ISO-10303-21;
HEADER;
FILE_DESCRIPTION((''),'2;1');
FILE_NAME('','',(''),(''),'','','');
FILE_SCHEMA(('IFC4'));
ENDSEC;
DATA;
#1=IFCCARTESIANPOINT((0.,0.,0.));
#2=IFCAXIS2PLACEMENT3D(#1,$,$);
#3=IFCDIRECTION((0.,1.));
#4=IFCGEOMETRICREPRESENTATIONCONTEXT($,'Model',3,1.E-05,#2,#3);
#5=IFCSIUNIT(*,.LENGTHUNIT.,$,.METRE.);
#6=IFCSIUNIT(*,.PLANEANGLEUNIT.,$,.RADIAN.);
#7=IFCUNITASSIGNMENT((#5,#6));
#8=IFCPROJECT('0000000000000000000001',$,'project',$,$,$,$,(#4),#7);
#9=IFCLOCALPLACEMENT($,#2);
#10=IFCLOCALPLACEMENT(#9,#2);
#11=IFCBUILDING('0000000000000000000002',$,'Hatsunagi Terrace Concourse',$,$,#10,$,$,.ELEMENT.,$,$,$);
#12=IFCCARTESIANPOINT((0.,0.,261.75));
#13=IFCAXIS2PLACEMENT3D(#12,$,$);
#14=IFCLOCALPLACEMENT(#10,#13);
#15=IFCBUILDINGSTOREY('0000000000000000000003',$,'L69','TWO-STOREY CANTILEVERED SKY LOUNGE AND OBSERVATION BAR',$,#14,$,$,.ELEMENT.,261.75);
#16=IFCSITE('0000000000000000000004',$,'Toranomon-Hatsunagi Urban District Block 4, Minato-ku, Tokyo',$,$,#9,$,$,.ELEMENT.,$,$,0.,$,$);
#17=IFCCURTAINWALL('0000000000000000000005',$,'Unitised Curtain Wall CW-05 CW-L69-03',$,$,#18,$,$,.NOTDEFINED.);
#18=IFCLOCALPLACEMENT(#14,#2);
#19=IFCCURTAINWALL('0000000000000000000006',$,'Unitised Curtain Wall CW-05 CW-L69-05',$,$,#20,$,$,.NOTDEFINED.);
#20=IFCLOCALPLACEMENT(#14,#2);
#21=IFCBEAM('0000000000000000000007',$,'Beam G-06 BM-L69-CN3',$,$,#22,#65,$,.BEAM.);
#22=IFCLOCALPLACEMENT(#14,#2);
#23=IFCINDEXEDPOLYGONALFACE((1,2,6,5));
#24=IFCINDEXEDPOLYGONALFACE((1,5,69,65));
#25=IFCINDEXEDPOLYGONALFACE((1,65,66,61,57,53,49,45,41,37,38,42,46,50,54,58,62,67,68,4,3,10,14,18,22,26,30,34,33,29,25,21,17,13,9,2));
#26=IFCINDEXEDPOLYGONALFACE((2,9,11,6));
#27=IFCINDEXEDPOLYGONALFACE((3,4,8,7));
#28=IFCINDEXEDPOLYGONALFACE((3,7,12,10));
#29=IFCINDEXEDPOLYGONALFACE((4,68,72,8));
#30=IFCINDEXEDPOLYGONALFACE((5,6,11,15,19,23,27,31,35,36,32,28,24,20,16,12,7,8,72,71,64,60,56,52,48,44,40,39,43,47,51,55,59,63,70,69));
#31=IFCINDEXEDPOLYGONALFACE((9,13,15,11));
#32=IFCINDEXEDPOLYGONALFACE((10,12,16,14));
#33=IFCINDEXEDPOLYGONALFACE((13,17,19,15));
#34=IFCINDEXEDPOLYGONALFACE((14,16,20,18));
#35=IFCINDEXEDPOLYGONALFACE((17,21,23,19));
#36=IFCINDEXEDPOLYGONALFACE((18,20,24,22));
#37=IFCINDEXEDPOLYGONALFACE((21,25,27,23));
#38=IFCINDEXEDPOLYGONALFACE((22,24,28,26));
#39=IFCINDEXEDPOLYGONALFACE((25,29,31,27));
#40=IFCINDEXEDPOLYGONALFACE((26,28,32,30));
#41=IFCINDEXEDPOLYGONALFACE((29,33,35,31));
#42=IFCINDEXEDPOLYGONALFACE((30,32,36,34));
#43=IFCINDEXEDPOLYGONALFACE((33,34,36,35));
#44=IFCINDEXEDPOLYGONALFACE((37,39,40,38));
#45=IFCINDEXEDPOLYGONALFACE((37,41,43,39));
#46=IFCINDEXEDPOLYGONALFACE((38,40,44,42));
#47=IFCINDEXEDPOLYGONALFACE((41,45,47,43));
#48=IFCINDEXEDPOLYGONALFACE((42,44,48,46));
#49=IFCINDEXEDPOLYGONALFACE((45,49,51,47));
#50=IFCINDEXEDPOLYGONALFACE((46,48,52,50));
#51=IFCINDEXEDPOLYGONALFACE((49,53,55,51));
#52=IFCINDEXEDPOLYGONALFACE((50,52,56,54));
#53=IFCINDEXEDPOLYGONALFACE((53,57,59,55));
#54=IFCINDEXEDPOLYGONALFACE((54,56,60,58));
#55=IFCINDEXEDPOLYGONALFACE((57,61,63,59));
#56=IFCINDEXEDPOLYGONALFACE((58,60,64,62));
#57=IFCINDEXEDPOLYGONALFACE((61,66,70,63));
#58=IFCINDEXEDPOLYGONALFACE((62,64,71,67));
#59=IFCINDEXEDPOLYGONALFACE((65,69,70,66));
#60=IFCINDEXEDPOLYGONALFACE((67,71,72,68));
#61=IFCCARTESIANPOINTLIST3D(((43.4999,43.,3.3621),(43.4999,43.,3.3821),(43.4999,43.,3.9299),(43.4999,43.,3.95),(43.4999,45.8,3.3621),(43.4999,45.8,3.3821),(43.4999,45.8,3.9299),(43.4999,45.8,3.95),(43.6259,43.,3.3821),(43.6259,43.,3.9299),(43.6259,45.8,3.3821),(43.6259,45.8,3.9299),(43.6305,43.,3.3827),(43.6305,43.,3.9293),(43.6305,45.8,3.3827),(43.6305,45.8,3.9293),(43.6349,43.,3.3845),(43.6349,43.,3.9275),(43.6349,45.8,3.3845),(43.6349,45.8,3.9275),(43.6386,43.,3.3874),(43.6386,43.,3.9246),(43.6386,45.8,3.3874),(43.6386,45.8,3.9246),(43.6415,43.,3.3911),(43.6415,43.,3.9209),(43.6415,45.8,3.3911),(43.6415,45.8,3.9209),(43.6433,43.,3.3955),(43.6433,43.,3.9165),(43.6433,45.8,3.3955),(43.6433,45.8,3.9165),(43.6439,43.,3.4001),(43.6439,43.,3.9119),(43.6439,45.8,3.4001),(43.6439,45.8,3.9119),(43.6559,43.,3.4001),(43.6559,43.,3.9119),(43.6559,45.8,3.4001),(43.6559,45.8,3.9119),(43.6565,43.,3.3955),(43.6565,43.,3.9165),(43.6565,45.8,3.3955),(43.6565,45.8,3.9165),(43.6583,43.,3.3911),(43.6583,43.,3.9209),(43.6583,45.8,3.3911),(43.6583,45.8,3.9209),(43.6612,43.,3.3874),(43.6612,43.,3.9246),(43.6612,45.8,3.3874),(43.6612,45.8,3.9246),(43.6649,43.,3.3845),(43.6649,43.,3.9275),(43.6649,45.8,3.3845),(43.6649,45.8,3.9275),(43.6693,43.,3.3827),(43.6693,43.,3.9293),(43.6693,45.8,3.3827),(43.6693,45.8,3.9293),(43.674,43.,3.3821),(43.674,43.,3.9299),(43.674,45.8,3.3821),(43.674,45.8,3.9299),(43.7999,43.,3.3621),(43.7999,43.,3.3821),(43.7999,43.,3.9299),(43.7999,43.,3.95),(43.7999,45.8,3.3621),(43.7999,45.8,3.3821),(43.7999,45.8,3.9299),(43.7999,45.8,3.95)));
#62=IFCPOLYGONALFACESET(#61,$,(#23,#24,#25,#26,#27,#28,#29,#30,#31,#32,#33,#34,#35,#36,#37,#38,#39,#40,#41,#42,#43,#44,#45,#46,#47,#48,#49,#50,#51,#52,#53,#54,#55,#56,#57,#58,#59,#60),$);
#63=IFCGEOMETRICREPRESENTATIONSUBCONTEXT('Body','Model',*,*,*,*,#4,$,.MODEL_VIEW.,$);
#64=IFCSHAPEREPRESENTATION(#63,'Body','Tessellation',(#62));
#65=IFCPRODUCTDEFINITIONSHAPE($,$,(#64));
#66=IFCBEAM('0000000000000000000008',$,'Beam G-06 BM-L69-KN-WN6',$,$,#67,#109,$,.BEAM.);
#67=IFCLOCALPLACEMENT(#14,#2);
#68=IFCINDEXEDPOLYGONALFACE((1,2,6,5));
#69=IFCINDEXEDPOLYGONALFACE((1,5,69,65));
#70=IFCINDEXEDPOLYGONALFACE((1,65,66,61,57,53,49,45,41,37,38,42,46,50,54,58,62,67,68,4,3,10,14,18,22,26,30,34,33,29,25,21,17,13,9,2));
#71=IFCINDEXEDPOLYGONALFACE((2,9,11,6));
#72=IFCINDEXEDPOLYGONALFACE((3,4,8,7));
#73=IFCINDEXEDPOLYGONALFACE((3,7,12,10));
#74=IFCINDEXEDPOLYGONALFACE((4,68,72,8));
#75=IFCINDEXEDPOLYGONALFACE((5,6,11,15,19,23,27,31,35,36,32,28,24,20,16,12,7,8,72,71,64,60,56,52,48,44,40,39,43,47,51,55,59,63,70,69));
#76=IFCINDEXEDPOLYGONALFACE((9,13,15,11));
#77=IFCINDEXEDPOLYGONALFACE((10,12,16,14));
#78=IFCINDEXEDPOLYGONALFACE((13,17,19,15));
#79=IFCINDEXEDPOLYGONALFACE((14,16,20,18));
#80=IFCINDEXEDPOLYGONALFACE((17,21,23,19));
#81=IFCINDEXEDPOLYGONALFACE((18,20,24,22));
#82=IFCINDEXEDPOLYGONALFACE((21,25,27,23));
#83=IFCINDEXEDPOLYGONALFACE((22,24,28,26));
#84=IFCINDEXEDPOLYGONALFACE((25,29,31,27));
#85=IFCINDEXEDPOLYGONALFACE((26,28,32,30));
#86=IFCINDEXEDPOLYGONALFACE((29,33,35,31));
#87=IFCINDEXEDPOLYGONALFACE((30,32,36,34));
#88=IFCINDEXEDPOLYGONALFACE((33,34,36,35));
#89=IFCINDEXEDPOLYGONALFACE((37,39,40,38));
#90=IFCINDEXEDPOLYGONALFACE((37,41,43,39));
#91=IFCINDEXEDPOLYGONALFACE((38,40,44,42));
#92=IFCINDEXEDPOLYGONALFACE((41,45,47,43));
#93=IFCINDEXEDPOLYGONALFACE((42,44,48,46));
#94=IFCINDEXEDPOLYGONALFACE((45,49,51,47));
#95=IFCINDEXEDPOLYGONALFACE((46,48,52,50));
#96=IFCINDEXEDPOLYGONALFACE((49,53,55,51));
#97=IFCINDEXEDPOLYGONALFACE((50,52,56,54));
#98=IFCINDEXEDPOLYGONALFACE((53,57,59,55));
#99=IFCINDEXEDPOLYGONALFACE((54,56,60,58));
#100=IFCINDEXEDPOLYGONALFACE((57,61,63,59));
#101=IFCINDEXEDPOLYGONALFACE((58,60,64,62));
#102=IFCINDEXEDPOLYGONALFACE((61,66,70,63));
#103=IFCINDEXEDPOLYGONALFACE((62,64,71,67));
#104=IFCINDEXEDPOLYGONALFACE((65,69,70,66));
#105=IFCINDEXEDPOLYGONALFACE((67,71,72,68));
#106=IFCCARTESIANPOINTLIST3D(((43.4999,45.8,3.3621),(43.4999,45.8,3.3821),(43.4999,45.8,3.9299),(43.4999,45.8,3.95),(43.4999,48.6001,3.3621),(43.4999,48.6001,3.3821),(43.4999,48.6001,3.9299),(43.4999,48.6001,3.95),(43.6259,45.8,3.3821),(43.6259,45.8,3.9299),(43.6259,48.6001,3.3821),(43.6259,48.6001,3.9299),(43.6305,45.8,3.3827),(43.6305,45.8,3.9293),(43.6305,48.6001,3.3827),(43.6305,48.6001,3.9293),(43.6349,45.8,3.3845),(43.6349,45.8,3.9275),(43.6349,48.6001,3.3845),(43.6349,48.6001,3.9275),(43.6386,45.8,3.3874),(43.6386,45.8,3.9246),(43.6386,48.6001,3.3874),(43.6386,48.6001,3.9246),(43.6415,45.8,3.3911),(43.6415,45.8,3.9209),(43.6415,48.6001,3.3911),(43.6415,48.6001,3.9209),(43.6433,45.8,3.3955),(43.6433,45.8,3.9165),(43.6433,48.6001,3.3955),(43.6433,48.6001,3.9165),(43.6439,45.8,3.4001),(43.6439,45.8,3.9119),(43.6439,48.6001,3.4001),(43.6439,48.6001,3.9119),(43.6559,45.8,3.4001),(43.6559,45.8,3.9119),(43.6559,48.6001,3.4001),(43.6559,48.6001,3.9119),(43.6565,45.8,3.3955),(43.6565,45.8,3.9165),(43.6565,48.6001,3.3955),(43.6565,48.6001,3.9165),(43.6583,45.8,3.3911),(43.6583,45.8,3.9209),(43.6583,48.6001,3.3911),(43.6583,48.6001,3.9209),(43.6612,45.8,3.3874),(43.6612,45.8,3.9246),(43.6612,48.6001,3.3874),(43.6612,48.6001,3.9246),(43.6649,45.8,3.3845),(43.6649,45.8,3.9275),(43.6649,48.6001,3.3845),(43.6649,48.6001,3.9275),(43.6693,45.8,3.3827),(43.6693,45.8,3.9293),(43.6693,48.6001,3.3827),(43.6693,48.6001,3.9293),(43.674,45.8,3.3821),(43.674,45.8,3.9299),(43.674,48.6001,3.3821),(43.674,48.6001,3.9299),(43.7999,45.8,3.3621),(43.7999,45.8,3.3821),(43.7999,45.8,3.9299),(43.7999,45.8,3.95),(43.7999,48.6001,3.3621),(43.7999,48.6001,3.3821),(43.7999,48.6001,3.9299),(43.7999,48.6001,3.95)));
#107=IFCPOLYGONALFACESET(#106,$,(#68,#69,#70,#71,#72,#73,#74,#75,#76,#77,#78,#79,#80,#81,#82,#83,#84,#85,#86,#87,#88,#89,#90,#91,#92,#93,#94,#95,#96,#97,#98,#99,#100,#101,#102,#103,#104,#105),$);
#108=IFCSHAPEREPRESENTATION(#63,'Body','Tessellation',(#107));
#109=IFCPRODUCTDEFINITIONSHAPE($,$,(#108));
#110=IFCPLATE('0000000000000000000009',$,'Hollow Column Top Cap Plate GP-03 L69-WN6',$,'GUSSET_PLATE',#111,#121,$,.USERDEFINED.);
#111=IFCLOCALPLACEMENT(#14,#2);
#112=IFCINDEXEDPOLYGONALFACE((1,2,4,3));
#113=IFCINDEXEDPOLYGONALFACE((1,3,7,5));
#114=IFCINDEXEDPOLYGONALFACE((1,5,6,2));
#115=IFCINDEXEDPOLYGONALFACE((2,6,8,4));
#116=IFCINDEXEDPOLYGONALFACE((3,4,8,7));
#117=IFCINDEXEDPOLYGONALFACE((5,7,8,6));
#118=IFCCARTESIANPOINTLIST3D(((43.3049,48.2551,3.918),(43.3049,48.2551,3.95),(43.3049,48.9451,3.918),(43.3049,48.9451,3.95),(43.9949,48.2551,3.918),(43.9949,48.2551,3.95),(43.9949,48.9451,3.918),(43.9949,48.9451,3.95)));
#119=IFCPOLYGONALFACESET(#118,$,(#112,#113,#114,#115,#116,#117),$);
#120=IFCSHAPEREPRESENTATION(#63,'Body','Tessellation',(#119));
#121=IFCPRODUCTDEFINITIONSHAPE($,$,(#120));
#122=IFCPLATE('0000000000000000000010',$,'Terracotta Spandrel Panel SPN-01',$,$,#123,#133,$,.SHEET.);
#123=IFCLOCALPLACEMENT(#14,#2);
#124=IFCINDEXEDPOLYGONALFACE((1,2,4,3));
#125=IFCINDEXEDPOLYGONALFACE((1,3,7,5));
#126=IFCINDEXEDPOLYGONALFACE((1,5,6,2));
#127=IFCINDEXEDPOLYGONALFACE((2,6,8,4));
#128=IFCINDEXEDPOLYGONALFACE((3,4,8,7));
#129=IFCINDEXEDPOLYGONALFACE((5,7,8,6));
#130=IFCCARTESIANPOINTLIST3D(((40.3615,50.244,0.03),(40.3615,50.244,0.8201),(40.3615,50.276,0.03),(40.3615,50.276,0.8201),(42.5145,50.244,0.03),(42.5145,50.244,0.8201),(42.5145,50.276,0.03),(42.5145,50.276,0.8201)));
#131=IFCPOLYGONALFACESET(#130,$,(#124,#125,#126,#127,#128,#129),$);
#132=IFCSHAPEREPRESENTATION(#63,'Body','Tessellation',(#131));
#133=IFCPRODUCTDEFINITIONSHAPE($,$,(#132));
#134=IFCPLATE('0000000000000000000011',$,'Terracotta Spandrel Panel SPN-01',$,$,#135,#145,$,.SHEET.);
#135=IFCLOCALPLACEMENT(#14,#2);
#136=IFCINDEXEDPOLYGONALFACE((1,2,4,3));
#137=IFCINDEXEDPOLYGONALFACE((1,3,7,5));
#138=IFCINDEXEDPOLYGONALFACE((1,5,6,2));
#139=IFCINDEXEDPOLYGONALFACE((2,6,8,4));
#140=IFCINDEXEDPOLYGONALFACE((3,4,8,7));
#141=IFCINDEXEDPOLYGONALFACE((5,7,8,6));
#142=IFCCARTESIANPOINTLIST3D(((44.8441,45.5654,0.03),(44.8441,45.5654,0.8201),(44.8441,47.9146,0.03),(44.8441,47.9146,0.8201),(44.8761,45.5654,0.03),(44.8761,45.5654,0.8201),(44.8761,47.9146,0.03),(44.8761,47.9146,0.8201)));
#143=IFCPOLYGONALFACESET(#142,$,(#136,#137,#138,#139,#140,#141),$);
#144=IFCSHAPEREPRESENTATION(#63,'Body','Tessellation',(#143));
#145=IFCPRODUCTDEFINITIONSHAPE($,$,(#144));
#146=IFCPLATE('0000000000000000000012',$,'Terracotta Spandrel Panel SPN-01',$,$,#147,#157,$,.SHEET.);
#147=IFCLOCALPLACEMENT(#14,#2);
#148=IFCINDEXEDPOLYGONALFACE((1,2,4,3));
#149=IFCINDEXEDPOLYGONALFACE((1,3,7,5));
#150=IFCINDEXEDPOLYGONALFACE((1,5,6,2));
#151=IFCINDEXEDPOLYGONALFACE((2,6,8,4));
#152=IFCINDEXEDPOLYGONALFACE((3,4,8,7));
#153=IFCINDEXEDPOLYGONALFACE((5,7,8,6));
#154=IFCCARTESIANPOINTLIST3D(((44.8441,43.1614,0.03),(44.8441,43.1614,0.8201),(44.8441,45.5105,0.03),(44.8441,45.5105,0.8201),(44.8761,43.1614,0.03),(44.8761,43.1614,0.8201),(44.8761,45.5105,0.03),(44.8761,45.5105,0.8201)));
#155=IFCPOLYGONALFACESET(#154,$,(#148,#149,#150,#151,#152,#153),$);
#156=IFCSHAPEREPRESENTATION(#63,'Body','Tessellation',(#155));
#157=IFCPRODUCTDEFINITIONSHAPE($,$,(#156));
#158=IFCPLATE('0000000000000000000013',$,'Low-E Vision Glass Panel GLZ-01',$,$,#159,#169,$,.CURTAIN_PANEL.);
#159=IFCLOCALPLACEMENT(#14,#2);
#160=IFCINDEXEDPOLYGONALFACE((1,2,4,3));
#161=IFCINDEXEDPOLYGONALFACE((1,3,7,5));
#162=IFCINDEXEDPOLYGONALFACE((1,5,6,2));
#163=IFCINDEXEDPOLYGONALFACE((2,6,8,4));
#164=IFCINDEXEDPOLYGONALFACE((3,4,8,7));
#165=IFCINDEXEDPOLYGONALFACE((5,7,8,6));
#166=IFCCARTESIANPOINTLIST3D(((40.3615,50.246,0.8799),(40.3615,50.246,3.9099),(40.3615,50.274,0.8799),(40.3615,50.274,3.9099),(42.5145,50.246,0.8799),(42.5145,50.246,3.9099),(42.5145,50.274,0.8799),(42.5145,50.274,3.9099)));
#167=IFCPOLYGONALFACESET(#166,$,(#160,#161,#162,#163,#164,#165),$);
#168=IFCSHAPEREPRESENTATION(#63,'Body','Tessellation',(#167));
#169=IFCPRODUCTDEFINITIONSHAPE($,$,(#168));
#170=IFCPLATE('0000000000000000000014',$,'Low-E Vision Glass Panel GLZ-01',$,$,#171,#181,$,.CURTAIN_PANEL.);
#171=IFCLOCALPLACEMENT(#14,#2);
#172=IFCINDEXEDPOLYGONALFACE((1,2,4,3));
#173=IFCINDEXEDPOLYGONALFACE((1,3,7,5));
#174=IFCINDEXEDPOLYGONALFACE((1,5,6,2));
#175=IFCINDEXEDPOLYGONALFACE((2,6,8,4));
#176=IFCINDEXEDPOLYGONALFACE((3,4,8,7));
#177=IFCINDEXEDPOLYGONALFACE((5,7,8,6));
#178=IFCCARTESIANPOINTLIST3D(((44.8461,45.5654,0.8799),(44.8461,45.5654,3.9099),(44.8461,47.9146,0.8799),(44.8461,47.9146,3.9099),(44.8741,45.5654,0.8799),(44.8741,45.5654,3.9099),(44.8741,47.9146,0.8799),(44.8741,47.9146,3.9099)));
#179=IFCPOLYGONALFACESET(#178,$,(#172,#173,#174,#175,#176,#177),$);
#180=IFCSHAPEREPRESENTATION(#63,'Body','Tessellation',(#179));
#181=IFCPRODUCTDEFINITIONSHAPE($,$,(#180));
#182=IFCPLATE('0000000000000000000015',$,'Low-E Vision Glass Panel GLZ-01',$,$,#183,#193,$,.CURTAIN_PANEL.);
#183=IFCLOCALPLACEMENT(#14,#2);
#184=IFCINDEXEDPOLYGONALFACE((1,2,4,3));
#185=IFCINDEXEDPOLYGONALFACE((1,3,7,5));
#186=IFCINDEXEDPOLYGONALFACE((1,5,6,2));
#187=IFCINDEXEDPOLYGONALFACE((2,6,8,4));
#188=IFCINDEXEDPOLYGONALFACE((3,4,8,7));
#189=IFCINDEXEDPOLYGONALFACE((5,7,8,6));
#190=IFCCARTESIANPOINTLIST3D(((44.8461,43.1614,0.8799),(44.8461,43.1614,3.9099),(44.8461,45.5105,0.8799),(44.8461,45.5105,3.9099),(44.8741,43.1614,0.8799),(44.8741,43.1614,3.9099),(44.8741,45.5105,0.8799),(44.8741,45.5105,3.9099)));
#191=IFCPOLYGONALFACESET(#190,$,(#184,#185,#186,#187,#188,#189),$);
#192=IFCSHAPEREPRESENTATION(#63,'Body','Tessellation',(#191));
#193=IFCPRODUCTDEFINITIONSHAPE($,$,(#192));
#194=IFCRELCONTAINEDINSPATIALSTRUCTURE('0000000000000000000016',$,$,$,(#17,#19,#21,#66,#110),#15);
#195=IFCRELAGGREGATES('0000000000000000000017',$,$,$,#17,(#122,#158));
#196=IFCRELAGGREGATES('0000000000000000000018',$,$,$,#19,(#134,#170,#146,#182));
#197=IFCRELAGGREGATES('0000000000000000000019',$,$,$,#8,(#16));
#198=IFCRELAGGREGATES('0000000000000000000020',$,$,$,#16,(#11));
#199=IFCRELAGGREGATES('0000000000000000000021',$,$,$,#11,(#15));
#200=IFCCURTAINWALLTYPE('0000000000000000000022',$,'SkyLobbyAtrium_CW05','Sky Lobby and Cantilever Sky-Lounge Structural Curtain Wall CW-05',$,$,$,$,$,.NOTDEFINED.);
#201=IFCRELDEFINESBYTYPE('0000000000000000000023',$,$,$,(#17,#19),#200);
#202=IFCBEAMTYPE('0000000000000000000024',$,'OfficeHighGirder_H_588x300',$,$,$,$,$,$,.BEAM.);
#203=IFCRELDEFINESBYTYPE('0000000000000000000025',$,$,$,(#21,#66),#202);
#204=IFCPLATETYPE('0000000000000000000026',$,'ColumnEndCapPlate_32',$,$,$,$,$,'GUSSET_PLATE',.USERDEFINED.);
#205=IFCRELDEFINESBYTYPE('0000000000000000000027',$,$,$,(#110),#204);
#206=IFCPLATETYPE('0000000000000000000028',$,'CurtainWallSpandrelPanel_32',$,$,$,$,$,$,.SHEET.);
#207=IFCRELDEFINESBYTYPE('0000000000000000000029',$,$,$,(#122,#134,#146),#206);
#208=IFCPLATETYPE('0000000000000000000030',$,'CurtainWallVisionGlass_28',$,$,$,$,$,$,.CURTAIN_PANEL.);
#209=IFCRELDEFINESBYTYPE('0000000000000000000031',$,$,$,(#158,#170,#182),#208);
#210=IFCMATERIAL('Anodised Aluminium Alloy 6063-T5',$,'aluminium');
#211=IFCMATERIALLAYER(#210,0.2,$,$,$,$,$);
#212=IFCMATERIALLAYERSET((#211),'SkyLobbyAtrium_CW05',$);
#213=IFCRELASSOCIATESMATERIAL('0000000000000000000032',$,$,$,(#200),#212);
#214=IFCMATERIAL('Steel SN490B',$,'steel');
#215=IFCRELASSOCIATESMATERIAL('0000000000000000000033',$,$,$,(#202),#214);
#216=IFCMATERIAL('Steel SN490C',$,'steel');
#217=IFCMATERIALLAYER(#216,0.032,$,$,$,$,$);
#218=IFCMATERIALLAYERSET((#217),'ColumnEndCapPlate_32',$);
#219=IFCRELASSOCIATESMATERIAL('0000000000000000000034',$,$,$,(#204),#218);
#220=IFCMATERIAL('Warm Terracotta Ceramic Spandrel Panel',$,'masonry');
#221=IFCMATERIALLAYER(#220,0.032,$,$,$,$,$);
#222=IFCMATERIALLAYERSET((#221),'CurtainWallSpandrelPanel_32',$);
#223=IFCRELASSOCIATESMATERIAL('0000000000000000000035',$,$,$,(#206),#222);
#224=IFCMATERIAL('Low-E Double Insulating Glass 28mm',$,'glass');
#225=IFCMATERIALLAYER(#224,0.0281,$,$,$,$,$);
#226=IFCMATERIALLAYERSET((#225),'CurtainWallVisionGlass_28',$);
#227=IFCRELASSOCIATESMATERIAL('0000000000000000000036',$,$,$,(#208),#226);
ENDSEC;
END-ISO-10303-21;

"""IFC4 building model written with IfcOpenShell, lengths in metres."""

from ifc_helpers import new_model, si_unit, direction, frame, origin, origin_2d, place, context, subcontext, project, spatial, rectangle, i_section, extrude, material, layer, layer_set, material_profile, profile_set, type_object, element, aggregate, save


model = new_model("IFC4")

# Units and contexts
model_context = context("Model", 3, precision=1e-05, world=origin(), true_north=direction((0.0, 1.0)))
body_context = subcontext(model_context, "Body", "Model", "MODEL_VIEW")
ifc_project = project(units=[si_unit("LENGTHUNIT", "METRE"), si_unit("PLANEANGLEUNIT", "RADIAN")], contexts=[model_context])

# Site, building, storey
site_placement = place(None, origin())
site = spatial("IfcSite", under=ifc_project, at=site_placement, Name="Toranomon-Hatsunagi Urban District Block 4, Minato-ku, Tokyo", CompositionType="ELEMENT", RefElevation=0.0)
building_placement = place(site_placement, origin())
building = spatial("IfcBuilding", under=site, at=building_placement, Name="Hatsunagi Terrace Concourse", CompositionType="ELEMENT")
storey_placement = place(building_placement, frame((0.0, 0.0, 261.75)))
storey = spatial("IfcBuildingStorey", under=building, at=storey_placement, Name="L69", Description="TWO-STOREY CANTILEVERED SKY LOUNGE AND OBSERVATION BAR", CompositionType="ELEMENT", Elevation=261.75)

# Curtain walls
ifc_material_1 = material(Name="Anodised Aluminium Alloy 6063-T5", Category="aluminium")
ifc_layer_1 = layer(ifc_material_1, 0.2)
ifc_layer_set_1 = layer_set([ifc_layer_1], Name="SkyLobbyAtrium_CW05")
curtain_wall_type = type_object("IfcCurtainWallType", Name="SkyLobbyAtrium_CW05", Description="Sky Lobby and Cantilever Sky-Lounge Structural Curtain Wall CW-05", PredefinedType="NOTDEFINED", material=ifc_layer_set_1)
curtain_wall_1_placement = place(storey_placement, origin())
curtain_wall_1 = element("IfcCurtainWall", 1, at=curtain_wall_1_placement, inside=storey, type_object=curtain_wall_type, Name="Unitised Curtain Wall CW-05 CW-L69-03", PredefinedType="NOTDEFINED")
curtain_wall_2_placement = place(storey_placement, origin())
curtain_wall_2 = element("IfcCurtainWall", 2, at=curtain_wall_2_placement, inside=storey, type_object=curtain_wall_type, Name="Unitised Curtain Wall CW-05 CW-L69-05", PredefinedType="NOTDEFINED")

# Beams
ifc_material_2 = material(Name="Steel SN490B", Category="steel")
ifc_material_profile_1 = material_profile(ifc_material_2, i_section(OverallWidth=0.3, OverallDepth=0.5879, WebThickness=0.012, FlangeThickness=0.02, FilletRadius=0.0181, at=origin_2d()), Name="H-588x300x12x20")
ifc_profile_set_1 = profile_set([ifc_material_profile_1], Name="Steel SN490B")
beam_type = type_object("IfcBeamType", Name="OfficeHighGirder_H_588x300", PredefinedType="BEAM", material=ifc_profile_set_1)
for number, where, z_axis, x_axis, name in (
    (3, (43.6499, 43.0, 3.656), (0.0, 1.0, 0.0), (-1.0, 0.0, 0.0), "Beam G-06 BM-L69-CN3"),
    (4, (43.6499, 45.8, 3.656), (0.0, 1.0, 0.0), (-1.0, 0.0, 0.0), "Beam G-06 BM-L69-KN-WN6"),
):
    element("IfcBeam", number, at=place(storey_placement, frame(where, z_axis=z_axis, x_axis=x_axis)), inside=storey, type_object=beam_type, Name=name, PredefinedType="BEAM", context=body_context, shape_type="SweptSolid", body=[
        extrude(i_section(OverallWidth=0.3, OverallDepth=0.5879, WebThickness=0.012, FlangeThickness=0.02, FilletRadius=0.0181, at=origin_2d()), origin(), (0.0, 0.0, 1.0), 2.8),
    ])

# Plates
ifc_material_3 = material(Name="Steel SN490C", Category="steel")
ifc_layer_2 = layer(ifc_material_3, 0.032)
ifc_layer_set_2 = layer_set([ifc_layer_2], Name="ColumnEndCapPlate_32")
plate_type_1 = type_object("IfcPlateType", Name="ColumnEndCapPlate_32", ElementType="GUSSET_PLATE", PredefinedType="USERDEFINED", material=ifc_layer_set_2)
plate_1_placement = place(storey_placement, frame((43.6499, 48.6001, 3.918), z_axis=(0.0, 0.0, 1.0), x_axis=(1.0, 0.0, 0.0)))
element("IfcPlate", 5, at=plate_1_placement, inside=storey, type_object=plate_type_1, Name="Hollow Column Top Cap Plate GP-03 L69-WN6", ObjectType="GUSSET_PLATE", PredefinedType="USERDEFINED", context=body_context, shape_type="SweptSolid", body=[
    extrude(rectangle(XDim=0.6899, YDim=0.6899, at=origin_2d()), origin(), (0.0, 0.0, 1.0), 0.032),
])
ifc_material_4 = material(Name="Warm Terracotta Ceramic Spandrel Panel", Category="masonry")
ifc_layer_3 = layer(ifc_material_4, 0.032)
ifc_layer_set_3 = layer_set([ifc_layer_3], Name="CurtainWallSpandrelPanel_32")
plate_type_2 = type_object("IfcPlateType", Name="CurtainWallSpandrelPanel_32", PredefinedType="SHEET", material=ifc_layer_set_3)
plate_2_placement = place(storey_placement, frame((41.438, 50.26, 0.03), z_axis=(0.0, 0.0, 1.0), x_axis=(1.0, 0.0, 0.0)))
plate_2 = element("IfcPlate", 6, at=plate_2_placement, type_object=plate_type_2, Name="Terracotta Spandrel Panel SPN-01", PredefinedType="SHEET", context=body_context, shape_type="SweptSolid", body=[
    extrude(rectangle(XDim=2.1531, YDim=0.032, at=origin_2d()), origin(), (0.0, 0.0, 1.0), 0.79),
])
plate_3_placement = place(storey_placement, frame((44.8601, 46.74, 0.03), z_axis=(0.0, 0.0, 1.0), x_axis=(0.0, -1.0, 0.0)))
plate_3 = element("IfcPlate", 7, at=plate_3_placement, type_object=plate_type_2, Name="Terracotta Spandrel Panel SPN-01", PredefinedType="SHEET", context=body_context, shape_type="SweptSolid", body=[
    extrude(rectangle(XDim=2.3491, YDim=0.032, at=origin_2d()), origin(), (0.0, 0.0, 1.0), 0.79),
])
plate_4_placement = place(storey_placement, frame((44.8601, 44.3359, 0.03), z_axis=(0.0, 0.0, 1.0), x_axis=(0.0, -1.0, 0.0)))
plate_4 = element("IfcPlate", 8, at=plate_4_placement, type_object=plate_type_2, Name="Terracotta Spandrel Panel SPN-01", PredefinedType="SHEET", context=body_context, shape_type="SweptSolid", body=[
    extrude(rectangle(XDim=2.3491, YDim=0.032, at=origin_2d()), origin(), (0.0, 0.0, 1.0), 0.79),
])
ifc_material_5 = material(Name="Low-E Double Insulating Glass 28mm", Category="glass")
ifc_layer_4 = layer(ifc_material_5, 0.0281)
ifc_layer_set_4 = layer_set([ifc_layer_4], Name="CurtainWallVisionGlass_28")
plate_type_3 = type_object("IfcPlateType", Name="CurtainWallVisionGlass_28", PredefinedType="CURTAIN_PANEL", material=ifc_layer_set_4)
plate_5_placement = place(storey_placement, frame((41.438, 50.26, 0.8799), z_axis=(0.0, 0.0, 1.0), x_axis=(1.0, 0.0, 0.0)))
plate_5 = element("IfcPlate", 9, at=plate_5_placement, type_object=plate_type_3, Name="Low-E Vision Glass Panel GLZ-01", PredefinedType="CURTAIN_PANEL", context=body_context, shape_type="SweptSolid", body=[
    extrude(rectangle(XDim=2.1531, YDim=0.0281, at=origin_2d()), origin(), (0.0, 0.0, 1.0), 3.03),
])
aggregate(curtain_wall_1, [plate_2, plate_5])
plate_6_placement = place(storey_placement, frame((44.8601, 46.74, 0.8799), z_axis=(0.0, 0.0, 1.0), x_axis=(0.0, -1.0, 0.0)))
plate_6 = element("IfcPlate", 10, at=plate_6_placement, type_object=plate_type_3, Name="Low-E Vision Glass Panel GLZ-01", PredefinedType="CURTAIN_PANEL", context=body_context, shape_type="SweptSolid", body=[
    extrude(rectangle(XDim=2.3491, YDim=0.0281, at=origin_2d()), origin(), (0.0, 0.0, 1.0), 3.03),
])
plate_7_placement = place(storey_placement, frame((44.8601, 44.3359, 0.8799), z_axis=(0.0, 0.0, 1.0), x_axis=(0.0, -1.0, 0.0)))
plate_7 = element("IfcPlate", 11, at=plate_7_placement, type_object=plate_type_3, Name="Low-E Vision Glass Panel GLZ-01", PredefinedType="CURTAIN_PANEL", context=body_context, shape_type="SweptSolid", body=[
    extrude(rectangle(XDim=2.3491, YDim=0.0281, at=origin_2d()), origin(), (0.0, 0.0, 1.0), 3.03),
])
aggregate(curtain_wall_2, [plate_3, plate_6, plate_4, plate_7])

save(model, "model.ifc")
